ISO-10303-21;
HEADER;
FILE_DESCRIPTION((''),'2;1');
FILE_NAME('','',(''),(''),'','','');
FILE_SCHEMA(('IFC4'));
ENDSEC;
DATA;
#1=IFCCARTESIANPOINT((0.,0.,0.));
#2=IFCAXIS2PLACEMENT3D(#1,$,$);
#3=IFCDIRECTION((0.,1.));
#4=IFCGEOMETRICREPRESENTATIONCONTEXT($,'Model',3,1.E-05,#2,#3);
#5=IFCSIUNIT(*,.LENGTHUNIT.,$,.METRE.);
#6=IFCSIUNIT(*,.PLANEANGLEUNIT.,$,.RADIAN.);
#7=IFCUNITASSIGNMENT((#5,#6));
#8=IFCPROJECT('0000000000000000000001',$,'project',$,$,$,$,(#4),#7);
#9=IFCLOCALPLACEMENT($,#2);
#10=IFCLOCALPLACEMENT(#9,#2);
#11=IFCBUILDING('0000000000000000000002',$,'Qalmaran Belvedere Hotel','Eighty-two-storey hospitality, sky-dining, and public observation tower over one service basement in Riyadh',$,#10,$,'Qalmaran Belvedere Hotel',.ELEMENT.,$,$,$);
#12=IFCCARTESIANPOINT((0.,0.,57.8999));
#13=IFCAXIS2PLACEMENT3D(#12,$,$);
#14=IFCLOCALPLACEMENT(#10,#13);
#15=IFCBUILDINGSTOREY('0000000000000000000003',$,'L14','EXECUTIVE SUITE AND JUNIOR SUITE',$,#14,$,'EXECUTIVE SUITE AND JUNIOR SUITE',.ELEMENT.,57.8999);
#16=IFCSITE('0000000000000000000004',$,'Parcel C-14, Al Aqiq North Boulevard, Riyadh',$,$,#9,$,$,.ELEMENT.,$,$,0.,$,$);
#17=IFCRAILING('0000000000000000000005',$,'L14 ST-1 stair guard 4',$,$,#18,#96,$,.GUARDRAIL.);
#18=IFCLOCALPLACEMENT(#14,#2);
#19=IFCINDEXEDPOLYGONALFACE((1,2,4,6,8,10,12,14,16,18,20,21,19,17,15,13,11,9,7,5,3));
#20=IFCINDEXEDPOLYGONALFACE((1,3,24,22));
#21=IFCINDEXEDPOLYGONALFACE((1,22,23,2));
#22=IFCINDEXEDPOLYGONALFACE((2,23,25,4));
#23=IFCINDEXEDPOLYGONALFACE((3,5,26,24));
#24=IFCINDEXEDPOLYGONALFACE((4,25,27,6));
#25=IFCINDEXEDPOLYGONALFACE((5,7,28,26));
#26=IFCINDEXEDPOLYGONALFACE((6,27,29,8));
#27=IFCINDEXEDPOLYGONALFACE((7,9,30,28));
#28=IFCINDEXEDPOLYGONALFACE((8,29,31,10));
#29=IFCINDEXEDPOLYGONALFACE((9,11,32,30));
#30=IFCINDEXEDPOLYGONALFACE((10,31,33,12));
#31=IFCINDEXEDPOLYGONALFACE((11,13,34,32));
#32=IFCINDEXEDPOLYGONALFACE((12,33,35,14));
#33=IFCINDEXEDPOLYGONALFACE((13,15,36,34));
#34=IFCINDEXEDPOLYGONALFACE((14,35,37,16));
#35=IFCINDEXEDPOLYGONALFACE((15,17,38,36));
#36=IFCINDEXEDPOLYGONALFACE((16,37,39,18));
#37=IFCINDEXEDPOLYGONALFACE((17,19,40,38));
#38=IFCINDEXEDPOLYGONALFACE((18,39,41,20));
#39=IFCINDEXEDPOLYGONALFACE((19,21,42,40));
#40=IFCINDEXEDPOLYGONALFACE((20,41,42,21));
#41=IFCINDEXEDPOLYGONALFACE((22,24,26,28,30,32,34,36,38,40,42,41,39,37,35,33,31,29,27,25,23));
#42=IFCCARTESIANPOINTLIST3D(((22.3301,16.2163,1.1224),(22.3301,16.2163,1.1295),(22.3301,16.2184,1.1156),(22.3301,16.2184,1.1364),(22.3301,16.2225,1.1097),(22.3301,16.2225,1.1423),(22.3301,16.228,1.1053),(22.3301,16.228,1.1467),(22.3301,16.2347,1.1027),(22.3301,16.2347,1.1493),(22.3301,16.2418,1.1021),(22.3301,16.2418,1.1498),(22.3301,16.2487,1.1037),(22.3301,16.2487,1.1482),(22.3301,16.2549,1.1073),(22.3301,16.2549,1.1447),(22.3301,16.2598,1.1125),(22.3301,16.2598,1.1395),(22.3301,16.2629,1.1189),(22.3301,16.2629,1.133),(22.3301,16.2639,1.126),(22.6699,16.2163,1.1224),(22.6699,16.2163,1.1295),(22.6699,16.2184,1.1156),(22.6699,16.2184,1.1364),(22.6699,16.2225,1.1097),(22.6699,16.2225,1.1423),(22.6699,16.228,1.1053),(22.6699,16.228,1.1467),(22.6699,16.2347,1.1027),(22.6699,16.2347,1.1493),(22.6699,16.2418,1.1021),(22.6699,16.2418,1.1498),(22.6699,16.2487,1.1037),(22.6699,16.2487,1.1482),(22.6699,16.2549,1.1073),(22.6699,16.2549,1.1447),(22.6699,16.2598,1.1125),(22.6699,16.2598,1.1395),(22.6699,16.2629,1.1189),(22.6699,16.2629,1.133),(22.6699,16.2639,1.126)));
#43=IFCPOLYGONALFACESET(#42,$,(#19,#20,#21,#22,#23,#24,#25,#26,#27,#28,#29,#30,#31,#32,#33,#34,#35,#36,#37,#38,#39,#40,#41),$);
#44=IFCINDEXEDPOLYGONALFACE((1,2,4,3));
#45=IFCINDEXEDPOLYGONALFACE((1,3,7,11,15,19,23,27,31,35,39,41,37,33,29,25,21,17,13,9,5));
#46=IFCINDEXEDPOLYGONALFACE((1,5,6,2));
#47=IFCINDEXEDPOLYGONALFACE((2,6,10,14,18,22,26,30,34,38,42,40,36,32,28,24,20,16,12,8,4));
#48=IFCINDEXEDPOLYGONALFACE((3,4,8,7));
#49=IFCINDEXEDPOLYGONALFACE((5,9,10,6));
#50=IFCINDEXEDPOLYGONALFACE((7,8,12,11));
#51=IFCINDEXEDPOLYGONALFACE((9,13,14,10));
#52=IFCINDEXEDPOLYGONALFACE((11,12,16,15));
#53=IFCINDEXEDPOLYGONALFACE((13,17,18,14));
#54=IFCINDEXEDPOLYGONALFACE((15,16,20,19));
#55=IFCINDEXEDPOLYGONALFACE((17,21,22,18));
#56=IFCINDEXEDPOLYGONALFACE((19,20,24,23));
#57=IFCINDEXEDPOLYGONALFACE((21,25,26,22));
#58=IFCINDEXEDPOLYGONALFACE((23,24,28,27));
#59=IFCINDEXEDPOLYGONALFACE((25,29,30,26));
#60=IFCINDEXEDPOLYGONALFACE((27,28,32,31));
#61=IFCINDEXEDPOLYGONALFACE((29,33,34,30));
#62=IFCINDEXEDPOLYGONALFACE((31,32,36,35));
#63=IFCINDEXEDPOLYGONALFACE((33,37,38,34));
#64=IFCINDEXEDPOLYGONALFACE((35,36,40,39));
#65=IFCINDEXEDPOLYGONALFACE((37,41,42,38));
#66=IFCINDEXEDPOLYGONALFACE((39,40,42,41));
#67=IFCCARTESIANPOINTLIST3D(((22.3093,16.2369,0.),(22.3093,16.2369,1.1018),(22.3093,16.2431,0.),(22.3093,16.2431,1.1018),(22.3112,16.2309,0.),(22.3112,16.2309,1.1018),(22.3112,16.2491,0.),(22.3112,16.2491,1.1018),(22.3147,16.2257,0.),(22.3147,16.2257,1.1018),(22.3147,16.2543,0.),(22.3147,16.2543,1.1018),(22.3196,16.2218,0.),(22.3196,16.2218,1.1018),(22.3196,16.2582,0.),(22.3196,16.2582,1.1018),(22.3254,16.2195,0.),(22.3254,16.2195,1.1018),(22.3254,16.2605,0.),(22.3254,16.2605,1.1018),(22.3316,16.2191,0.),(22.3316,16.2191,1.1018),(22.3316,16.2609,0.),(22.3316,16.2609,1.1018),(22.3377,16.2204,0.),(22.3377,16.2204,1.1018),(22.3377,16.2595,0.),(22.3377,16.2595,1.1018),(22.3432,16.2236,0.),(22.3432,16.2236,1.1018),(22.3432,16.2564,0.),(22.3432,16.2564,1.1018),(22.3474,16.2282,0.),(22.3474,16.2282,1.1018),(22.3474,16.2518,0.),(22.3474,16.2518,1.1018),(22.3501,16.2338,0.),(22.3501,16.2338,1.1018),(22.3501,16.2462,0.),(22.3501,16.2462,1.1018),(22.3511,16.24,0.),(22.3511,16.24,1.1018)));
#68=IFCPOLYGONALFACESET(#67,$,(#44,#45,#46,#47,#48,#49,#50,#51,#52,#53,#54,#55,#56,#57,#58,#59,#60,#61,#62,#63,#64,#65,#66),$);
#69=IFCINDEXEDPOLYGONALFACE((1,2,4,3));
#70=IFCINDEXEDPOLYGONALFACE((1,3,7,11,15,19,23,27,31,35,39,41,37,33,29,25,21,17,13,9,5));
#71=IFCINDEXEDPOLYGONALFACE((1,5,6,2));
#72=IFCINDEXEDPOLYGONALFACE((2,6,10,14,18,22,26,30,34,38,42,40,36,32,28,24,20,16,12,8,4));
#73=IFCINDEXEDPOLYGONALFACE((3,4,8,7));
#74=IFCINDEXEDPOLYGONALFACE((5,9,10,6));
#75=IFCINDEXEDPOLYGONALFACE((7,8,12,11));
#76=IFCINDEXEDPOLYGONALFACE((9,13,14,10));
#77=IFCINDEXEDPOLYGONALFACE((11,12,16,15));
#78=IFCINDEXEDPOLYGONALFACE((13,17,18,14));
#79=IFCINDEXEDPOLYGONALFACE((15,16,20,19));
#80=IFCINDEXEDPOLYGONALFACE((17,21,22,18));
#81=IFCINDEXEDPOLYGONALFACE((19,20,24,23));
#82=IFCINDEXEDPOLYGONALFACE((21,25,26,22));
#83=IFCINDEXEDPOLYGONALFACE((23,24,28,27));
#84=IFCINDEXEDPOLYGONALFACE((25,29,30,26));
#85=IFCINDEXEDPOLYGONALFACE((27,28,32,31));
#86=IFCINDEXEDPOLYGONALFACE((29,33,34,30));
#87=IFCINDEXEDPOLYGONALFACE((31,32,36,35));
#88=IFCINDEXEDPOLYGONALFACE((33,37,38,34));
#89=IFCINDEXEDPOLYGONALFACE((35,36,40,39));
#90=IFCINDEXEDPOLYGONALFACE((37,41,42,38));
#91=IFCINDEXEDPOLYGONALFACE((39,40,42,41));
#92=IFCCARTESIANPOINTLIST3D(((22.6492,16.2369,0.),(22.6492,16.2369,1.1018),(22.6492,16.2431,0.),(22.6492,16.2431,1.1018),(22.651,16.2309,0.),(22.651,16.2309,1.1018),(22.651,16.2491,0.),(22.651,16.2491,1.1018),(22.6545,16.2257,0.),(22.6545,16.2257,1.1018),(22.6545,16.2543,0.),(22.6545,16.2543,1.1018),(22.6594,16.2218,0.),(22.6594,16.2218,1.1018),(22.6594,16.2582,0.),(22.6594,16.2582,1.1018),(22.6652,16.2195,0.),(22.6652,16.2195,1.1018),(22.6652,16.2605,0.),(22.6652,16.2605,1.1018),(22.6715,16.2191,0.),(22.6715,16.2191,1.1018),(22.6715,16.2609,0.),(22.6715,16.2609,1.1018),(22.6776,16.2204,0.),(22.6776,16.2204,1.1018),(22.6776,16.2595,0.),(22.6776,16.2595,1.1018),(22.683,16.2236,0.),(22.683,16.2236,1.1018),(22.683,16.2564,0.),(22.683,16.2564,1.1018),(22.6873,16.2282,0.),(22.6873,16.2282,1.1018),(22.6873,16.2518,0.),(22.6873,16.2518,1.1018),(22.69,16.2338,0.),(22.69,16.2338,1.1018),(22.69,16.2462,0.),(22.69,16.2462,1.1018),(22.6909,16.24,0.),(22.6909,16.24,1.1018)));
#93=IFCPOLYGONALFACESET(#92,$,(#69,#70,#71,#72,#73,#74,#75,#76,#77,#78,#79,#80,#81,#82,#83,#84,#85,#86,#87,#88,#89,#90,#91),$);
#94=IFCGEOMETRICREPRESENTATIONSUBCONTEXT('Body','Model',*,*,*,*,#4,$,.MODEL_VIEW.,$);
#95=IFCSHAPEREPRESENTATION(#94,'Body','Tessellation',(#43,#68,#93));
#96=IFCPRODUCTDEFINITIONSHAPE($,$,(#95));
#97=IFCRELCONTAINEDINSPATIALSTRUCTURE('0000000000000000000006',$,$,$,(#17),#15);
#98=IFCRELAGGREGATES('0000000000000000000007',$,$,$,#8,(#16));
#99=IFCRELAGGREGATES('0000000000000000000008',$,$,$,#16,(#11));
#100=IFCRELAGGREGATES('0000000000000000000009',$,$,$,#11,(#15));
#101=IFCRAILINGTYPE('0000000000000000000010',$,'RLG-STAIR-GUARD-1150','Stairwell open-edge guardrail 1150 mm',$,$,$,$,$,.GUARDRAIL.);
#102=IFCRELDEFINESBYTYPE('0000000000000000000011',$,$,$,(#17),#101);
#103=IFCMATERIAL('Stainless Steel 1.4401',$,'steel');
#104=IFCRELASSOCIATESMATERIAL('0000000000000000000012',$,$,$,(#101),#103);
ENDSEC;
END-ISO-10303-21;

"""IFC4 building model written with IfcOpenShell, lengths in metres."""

from ifc_helpers import new_model, si_unit, direction, frame, origin, origin_2d, place, context, subcontext, project, spatial, circle, extrude, material, type_object, element, save


model = new_model("IFC4")

# Units and contexts
model_context = context("Model", 3, precision=1e-05, world=origin(), true_north=direction((0.0, 1.0)))
body_context = subcontext(model_context, "Body", "Model", "MODEL_VIEW")
ifc_project = project(units=[si_unit("LENGTHUNIT", "METRE"), si_unit("PLANEANGLEUNIT", "RADIAN")], contexts=[model_context])

# Site, building, storey
site_placement = place(None, origin())
site = spatial("IfcSite", under=ifc_project, at=site_placement, Name="Parcel C-14, Al Aqiq North Boulevard, Riyadh", CompositionType="ELEMENT", RefElevation=0.0)
building_placement = place(site_placement, origin())
building = spatial("IfcBuilding", under=site, at=building_placement, Name="Qalmaran Belvedere Hotel", Description="Eighty-two-storey hospitality, sky-dining, and public observation tower over one service basement in Riyadh", LongName="Qalmaran Belvedere Hotel", CompositionType="ELEMENT")
storey_placement = place(building_placement, frame((0.0, 0.0, 57.8999)))
storey = spatial("IfcBuildingStorey", under=building, at=storey_placement, Name="L14", Description="EXECUTIVE SUITE AND JUNIOR SUITE", LongName="EXECUTIVE SUITE AND JUNIOR SUITE", CompositionType="ELEMENT", Elevation=57.8999)

# Railing
ifc_material_1 = material(Name="Stainless Steel 1.4401", Category="steel")
railing_type_1 = type_object("IfcRailingType", Name="RLG-STAIR-GUARD-1150", Description="Stairwell open-edge guardrail 1150 mm", PredefinedType="GUARDRAIL", material=ifc_material_1)
railing_1_placement = place(storey_placement, frame((22.3301, 16.24, 0.0)))
element("IfcRailing", 1, at=railing_1_placement, inside=storey, type_object=railing_type_1, Name="L14 ST-1 stair guard 4", PredefinedType="GUARDRAIL", context=body_context, shape_type="SweptSolid", body=[
    extrude(circle(Radius=0.0239, at=origin_2d()), frame((0.0, 0.0, 1.126), z_axis=(1.0, 0.0, 0.0), x_axis=(0.0, 1.0, 0.0)), (0.0, 0.0, 1.0), 0.3398),
    extrude(circle(Radius=0.021, at=origin_2d()), origin(), (0.0, 0.0, 1.0), 1.1018),
    extrude(circle(Radius=0.021, at=origin_2d()), frame((0.3398, 0.0, 0.0)), (0.0, 0.0, 1.0), 1.1018),
])

save(model, "model.ifc")
